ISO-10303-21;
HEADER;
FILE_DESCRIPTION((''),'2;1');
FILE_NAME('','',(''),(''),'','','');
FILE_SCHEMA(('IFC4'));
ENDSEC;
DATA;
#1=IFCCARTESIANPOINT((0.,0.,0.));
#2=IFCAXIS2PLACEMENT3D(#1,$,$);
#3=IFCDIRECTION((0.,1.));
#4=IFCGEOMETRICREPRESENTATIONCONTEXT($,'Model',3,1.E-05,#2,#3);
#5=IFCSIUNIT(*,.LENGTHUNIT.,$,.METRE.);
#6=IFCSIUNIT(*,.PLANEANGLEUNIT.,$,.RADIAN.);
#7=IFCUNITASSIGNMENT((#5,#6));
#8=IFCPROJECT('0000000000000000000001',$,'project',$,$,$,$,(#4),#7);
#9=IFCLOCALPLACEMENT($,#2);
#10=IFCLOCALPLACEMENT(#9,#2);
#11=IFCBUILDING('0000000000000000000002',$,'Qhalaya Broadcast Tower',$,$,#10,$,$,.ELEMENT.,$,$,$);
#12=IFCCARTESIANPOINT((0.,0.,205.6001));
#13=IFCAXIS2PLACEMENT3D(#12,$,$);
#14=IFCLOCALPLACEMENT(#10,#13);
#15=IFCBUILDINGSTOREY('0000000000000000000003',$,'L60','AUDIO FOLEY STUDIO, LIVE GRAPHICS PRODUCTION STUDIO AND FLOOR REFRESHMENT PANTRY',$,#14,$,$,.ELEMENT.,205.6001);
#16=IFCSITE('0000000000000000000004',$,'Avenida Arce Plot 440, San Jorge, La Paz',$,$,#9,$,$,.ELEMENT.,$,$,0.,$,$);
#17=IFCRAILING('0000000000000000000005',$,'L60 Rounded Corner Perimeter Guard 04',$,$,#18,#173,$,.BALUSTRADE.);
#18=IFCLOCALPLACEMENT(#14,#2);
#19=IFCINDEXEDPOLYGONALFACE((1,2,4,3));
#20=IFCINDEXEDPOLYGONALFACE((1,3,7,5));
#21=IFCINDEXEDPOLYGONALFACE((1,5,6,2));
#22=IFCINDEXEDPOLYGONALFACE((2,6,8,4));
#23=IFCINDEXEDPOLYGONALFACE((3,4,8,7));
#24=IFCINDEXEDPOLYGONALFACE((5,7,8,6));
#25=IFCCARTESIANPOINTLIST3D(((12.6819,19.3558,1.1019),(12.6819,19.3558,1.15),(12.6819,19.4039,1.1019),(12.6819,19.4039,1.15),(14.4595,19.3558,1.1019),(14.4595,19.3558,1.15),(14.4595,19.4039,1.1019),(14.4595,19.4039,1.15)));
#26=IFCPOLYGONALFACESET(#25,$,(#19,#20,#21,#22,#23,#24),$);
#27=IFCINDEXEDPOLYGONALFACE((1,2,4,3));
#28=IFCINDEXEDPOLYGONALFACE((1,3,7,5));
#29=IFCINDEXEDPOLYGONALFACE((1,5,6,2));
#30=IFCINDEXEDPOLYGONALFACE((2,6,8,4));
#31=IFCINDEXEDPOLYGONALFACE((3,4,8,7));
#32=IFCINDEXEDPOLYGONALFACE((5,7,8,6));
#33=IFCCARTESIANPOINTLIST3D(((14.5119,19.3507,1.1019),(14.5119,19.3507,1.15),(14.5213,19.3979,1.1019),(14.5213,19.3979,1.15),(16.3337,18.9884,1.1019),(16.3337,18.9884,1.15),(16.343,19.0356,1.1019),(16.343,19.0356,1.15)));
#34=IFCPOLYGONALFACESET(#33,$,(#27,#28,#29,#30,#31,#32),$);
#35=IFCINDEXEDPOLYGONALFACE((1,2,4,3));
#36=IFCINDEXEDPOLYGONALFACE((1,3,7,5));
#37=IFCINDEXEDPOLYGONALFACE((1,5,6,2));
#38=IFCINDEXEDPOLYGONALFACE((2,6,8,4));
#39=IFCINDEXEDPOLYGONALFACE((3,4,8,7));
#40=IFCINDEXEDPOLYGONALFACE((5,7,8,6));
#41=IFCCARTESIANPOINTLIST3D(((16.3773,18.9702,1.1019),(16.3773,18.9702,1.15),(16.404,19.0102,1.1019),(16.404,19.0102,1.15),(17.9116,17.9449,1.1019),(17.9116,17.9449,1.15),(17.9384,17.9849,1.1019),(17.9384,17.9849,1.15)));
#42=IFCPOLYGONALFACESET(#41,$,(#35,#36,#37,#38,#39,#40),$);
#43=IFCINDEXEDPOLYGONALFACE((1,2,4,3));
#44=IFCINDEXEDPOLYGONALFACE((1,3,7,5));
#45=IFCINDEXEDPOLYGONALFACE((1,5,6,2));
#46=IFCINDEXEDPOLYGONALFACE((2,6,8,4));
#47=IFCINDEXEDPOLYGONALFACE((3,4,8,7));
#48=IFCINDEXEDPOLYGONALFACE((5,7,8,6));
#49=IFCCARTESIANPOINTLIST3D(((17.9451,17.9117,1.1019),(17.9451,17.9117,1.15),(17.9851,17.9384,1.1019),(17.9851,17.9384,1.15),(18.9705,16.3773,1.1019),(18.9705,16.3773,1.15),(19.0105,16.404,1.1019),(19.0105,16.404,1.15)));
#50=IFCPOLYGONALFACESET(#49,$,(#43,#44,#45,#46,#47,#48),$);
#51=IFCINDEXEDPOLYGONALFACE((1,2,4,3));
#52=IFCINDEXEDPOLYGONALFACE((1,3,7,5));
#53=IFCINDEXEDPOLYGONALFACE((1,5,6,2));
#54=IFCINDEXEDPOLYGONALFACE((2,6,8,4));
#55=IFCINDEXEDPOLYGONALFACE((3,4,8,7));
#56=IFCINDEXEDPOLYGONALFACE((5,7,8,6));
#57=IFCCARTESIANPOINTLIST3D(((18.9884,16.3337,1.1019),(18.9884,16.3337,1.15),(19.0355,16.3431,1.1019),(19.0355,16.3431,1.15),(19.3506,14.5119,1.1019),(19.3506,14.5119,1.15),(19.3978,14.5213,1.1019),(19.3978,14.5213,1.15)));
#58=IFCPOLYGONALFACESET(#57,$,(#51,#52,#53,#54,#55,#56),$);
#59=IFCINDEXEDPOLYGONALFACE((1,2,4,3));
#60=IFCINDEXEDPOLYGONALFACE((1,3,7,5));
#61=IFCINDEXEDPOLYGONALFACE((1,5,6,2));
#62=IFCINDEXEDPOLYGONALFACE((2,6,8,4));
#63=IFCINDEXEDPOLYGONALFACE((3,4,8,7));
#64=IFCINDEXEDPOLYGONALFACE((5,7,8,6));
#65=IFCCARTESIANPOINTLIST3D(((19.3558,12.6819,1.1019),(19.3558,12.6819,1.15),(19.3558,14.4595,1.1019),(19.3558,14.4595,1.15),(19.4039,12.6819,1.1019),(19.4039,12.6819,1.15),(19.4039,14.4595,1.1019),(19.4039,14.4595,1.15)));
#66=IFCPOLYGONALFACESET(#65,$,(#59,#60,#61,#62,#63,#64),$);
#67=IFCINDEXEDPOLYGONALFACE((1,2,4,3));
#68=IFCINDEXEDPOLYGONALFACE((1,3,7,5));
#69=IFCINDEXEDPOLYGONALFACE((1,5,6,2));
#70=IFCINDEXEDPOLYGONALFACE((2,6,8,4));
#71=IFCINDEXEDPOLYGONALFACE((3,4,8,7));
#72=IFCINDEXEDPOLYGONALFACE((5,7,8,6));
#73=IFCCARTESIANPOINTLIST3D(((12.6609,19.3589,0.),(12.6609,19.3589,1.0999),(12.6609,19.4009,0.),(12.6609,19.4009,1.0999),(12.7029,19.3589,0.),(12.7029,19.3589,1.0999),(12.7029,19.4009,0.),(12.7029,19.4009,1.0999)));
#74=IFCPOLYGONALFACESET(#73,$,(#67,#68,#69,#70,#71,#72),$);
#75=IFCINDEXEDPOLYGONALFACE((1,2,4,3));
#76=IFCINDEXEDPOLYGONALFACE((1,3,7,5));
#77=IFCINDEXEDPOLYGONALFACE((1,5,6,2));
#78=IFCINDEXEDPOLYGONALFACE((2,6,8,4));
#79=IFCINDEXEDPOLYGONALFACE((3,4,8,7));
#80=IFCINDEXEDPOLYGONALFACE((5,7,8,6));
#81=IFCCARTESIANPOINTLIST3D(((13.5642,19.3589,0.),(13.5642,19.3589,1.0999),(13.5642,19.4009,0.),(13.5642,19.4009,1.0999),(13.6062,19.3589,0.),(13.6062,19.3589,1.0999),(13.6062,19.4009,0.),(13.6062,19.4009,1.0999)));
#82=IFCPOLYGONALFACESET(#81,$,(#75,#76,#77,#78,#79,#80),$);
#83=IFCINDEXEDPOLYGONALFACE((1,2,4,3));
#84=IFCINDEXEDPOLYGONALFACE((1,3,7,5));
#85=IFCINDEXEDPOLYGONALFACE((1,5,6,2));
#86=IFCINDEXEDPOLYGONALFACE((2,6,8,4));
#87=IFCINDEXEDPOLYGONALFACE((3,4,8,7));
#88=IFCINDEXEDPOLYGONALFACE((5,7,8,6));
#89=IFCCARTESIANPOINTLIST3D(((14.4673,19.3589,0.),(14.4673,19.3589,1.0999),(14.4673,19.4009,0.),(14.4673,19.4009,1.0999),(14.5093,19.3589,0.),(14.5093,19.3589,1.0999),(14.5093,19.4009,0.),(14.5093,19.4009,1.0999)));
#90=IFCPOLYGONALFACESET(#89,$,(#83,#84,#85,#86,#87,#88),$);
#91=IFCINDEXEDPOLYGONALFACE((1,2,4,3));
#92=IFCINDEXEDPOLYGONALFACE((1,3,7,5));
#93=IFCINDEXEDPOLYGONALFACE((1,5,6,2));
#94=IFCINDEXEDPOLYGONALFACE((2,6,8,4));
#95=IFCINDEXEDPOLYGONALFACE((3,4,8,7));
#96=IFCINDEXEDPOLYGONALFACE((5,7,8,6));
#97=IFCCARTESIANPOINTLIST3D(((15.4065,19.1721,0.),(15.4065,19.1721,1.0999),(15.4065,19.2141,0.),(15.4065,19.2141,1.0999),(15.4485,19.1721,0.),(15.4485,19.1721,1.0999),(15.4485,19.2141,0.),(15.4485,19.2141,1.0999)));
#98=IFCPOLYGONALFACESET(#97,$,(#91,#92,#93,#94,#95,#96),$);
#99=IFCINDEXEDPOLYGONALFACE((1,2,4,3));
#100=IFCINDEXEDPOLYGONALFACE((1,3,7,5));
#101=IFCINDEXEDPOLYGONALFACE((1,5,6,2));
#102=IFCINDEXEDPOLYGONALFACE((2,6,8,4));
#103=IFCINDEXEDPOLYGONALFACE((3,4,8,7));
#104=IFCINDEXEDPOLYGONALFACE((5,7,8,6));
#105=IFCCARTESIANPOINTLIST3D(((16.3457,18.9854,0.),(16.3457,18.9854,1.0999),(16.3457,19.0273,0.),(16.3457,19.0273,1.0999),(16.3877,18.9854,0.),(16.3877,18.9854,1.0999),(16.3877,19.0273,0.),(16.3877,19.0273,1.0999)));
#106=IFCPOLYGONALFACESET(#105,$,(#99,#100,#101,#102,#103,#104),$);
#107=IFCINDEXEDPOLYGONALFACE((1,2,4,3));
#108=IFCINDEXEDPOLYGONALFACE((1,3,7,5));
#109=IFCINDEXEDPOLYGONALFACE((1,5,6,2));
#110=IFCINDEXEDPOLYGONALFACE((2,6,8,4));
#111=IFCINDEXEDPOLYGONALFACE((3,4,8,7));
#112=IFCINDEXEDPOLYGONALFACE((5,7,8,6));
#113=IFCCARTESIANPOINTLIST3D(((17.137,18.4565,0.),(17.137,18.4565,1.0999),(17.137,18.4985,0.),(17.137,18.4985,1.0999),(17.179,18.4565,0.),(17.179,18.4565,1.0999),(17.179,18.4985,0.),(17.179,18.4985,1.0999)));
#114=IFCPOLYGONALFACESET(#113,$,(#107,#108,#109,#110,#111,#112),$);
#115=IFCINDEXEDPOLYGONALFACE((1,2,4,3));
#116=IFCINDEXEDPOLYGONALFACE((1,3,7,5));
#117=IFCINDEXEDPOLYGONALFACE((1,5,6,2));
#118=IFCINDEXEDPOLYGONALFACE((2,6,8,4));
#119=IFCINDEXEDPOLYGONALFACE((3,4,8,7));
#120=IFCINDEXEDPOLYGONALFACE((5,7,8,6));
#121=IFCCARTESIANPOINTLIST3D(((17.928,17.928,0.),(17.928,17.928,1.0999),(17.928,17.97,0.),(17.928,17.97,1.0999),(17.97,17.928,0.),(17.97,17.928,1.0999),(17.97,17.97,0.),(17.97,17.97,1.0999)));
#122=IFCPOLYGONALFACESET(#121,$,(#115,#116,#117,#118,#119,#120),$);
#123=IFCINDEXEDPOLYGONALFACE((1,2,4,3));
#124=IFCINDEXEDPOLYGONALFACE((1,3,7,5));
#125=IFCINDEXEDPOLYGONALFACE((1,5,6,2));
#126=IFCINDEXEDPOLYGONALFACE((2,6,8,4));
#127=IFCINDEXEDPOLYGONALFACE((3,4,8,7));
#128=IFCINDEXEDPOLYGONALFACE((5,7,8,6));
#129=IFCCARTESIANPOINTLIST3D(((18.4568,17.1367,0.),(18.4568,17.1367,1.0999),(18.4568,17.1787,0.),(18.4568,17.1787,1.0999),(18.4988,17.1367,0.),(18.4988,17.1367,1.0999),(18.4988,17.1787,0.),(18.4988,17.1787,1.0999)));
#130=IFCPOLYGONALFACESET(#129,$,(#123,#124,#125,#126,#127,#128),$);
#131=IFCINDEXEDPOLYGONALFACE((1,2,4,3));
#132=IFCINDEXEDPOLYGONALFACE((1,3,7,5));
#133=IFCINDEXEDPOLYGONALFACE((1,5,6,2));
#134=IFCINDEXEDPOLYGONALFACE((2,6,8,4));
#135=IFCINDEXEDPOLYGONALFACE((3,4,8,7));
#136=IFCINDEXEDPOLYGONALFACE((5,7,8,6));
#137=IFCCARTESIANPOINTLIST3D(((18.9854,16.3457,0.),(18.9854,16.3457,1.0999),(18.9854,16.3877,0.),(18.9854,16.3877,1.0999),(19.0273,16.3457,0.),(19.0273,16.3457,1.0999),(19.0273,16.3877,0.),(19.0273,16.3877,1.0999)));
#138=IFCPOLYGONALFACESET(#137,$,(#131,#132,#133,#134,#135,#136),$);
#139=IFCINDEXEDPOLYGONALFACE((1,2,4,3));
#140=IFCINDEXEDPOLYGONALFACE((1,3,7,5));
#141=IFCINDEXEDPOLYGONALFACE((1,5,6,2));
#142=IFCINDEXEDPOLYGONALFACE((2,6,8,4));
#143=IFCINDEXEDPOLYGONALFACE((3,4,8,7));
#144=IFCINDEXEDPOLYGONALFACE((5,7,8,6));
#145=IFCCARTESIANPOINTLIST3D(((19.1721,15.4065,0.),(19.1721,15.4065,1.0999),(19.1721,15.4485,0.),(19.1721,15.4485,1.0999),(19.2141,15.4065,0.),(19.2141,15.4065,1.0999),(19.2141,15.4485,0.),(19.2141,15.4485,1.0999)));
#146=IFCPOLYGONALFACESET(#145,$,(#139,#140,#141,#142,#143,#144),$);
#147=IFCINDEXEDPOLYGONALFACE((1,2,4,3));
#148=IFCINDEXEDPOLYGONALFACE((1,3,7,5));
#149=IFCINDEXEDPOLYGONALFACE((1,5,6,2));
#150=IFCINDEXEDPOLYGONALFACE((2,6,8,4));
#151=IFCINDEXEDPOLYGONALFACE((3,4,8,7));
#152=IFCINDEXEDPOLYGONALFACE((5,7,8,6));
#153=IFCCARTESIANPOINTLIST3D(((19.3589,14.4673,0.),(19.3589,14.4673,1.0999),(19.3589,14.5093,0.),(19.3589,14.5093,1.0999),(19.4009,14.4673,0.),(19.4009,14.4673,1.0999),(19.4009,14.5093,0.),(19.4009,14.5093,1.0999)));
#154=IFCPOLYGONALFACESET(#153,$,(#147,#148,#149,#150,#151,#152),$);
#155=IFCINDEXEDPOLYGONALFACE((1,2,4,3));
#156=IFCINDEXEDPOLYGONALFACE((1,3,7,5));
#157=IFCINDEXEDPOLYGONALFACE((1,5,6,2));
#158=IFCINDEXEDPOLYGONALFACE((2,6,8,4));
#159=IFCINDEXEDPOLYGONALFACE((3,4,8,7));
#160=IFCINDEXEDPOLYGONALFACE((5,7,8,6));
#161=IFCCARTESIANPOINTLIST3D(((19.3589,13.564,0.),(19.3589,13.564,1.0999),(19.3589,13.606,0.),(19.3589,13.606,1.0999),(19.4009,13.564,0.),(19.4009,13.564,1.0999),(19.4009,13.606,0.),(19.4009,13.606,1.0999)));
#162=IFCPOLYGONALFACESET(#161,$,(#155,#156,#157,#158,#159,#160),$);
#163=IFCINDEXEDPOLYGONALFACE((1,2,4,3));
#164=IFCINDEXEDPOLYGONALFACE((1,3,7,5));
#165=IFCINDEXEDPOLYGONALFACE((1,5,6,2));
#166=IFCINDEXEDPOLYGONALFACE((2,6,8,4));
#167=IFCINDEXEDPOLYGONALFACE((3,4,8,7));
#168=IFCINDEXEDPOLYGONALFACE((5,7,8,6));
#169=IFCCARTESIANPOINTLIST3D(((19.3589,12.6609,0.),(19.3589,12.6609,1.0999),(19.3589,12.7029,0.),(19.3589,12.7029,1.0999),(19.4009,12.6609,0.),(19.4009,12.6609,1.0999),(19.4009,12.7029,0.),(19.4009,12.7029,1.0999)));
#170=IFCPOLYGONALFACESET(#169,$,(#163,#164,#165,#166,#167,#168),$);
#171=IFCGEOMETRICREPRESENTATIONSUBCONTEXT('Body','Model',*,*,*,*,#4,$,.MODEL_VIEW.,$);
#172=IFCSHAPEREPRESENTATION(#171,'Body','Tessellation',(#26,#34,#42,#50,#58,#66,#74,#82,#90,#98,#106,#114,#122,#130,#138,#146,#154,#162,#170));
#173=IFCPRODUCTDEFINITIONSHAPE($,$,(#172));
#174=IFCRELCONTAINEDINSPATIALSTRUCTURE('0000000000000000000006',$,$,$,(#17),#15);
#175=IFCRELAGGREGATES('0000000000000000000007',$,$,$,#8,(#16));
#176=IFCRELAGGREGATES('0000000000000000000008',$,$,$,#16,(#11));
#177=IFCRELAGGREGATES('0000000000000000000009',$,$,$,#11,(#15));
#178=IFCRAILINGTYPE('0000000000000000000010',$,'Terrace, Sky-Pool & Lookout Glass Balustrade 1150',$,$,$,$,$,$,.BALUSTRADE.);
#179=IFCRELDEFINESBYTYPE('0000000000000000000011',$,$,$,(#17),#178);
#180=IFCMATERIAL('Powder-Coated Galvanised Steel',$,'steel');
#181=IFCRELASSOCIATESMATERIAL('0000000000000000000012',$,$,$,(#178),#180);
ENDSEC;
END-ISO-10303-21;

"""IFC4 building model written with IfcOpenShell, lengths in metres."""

from ifc_helpers import new_model, si_unit, direction, frame, origin, origin_2d, place, context, subcontext, project, spatial, rectangle, extrude, material, type_object, element, save


model = new_model("IFC4")

# Units and contexts
model_context = context("Model", 3, precision=1e-05, world=origin(), true_north=direction((0.0, 1.0)))
body_context = subcontext(model_context, "Body", "Model", "MODEL_VIEW")
ifc_project = project(units=[si_unit("LENGTHUNIT", "METRE"), si_unit("PLANEANGLEUNIT", "RADIAN")], contexts=[model_context])

# Site, building, storey
site_placement = place(None, origin())
site = spatial("IfcSite", under=ifc_project, at=site_placement, Name="Avenida Arce Plot 440, San Jorge, La Paz", CompositionType="ELEMENT", RefElevation=0.0)
building_placement = place(site_placement, origin())
building = spatial("IfcBuilding", under=site, at=building_placement, Name="Qhalaya Broadcast Tower", CompositionType="ELEMENT")
storey_placement = place(building_placement, frame((0.0, 0.0, 205.6001)))
storey = spatial("IfcBuildingStorey", under=building, at=storey_placement, Name="L60", Description="AUDIO FOLEY STUDIO, LIVE GRAPHICS PRODUCTION STUDIO AND FLOOR REFRESHMENT PANTRY", CompositionType="ELEMENT", Elevation=205.6001)

# Railing
ifc_material_1 = material(Name="Powder-Coated Galvanised Steel", Category="steel")
railing_type = type_object("IfcRailingType", Name="Terrace, Sky-Pool & Lookout Glass Balustrade 1150", PredefinedType="BALUSTRADE", material=ifc_material_1)
railing_placement = place(storey_placement, frame((12.6819, 19.3799, 0.0)))
element("IfcRailing", 1, at=railing_placement, inside=storey, type_object=railing_type, Name="L60 Rounded Corner Perimeter Guard 04", PredefinedType="BALUSTRADE", context=body_context, shape_type="SweptSolid", body=[
    extrude(rectangle(XDim=0.0481, YDim=0.0481, at=origin_2d()), frame((0.0, 0.0, 1.126), z_axis=(1.0, 0.0, 0.0), x_axis=(0.0, 1.0, 0.0)), (0.0, 0.0, 1.0), 1.7776),
    extrude(rectangle(XDim=0.0481, YDim=0.0481, at=origin_2d()), frame((1.8347, -0.0056, 1.126), z_axis=(0.980796, -0.195037, 0.0), x_axis=(0.195037, 0.980796, 0.0)), (0.0, 0.0, 1.0), 1.8574),
    extrude(rectangle(XDim=0.0481, YDim=0.0481, at=origin_2d()), frame((3.7087, -0.3896, 1.126), z_axis=(0.831438, -0.555618, 0.0), x_axis=(0.555618, 0.831438, 0.0)), (0.0, 0.0, 1.0), 1.8455),
    extrude(rectangle(XDim=0.0481, YDim=0.0481, at=origin_2d()), frame((5.2832, -1.4548, 1.126), z_axis=(0.555618, -0.831438, 0.0), x_axis=(0.831438, 0.555618, 0.0)), (0.0, 0.0, 1.0), 1.8455),
    extrude(rectangle(XDim=0.0481, YDim=0.0481, at=origin_2d()), frame((6.3301, -3.0415, 1.126), z_axis=(0.195037, -0.980796, 0.0), x_axis=(0.980796, 0.195037, 0.0)), (0.0, 0.0, 1.0), 1.8574),
    extrude(rectangle(XDim=0.0481, YDim=0.0481, at=origin_2d()), frame((6.698, -4.9204, 1.126), z_axis=(0.0, -1.0, 0.0), x_axis=(1.0, 0.0, 0.0)), (0.0, 0.0, 1.0), 1.7776),
    extrude(rectangle(XDim=0.042, YDim=0.042, at=origin_2d()), origin(), (0.0, 0.0, 1.0), 1.0999),
    extrude(rectangle(XDim=0.042, YDim=0.042, at=origin_2d()), frame((0.9033, 0.0, 0.0)), (0.0, 0.0, 1.0), 1.0999),
    extrude(rectangle(XDim=0.042, YDim=0.042, at=origin_2d()), frame((1.8064, 0.0, 0.0)), (0.0, 0.0, 1.0), 1.0999),
    extrude(rectangle(XDim=0.042, YDim=0.042, at=origin_2d()), frame((2.7456, -0.1868, 0.0)), (0.0, 0.0, 1.0), 1.0999),
    extrude(rectangle(XDim=0.042, YDim=0.042, at=origin_2d()), frame((3.6848, -0.3735, 0.0)), (0.0, 0.0, 1.0), 1.0999),
    extrude(rectangle(XDim=0.042, YDim=0.042, at=origin_2d()), frame((4.4761, -0.9023, 0.0)), (0.0, 0.0, 1.0), 1.0999),
    extrude(rectangle(XDim=0.042, YDim=0.042, at=origin_2d()), frame((5.2671, -1.4309, 0.0)), (0.0, 0.0, 1.0), 1.0999),
    extrude(rectangle(XDim=0.042, YDim=0.042, at=origin_2d()), frame((5.7959, -2.2222, 0.0)), (0.0, 0.0, 1.0), 1.0999),
    extrude(rectangle(XDim=0.042, YDim=0.042, at=origin_2d()), frame((6.3245, -3.0132, 0.0)), (0.0, 0.0, 1.0), 1.0999),
    extrude(rectangle(XDim=0.042, YDim=0.042, at=origin_2d()), frame((6.5112, -3.9524, 0.0)), (0.0, 0.0, 1.0), 1.0999),
    extrude(rectangle(XDim=0.042, YDim=0.042, at=origin_2d()), frame((6.698, -4.8916, 0.0)), (0.0, 0.0, 1.0), 1.0999),
    extrude(rectangle(XDim=0.042, YDim=0.042, at=origin_2d()), frame((6.698, -5.7949, 0.0)), (0.0, 0.0, 1.0), 1.0999),
    extrude(rectangle(XDim=0.042, YDim=0.042, at=origin_2d()), frame((6.698, -6.698, 0.0)), (0.0, 0.0, 1.0), 1.0999),
])

save(model, "model.ifc")
